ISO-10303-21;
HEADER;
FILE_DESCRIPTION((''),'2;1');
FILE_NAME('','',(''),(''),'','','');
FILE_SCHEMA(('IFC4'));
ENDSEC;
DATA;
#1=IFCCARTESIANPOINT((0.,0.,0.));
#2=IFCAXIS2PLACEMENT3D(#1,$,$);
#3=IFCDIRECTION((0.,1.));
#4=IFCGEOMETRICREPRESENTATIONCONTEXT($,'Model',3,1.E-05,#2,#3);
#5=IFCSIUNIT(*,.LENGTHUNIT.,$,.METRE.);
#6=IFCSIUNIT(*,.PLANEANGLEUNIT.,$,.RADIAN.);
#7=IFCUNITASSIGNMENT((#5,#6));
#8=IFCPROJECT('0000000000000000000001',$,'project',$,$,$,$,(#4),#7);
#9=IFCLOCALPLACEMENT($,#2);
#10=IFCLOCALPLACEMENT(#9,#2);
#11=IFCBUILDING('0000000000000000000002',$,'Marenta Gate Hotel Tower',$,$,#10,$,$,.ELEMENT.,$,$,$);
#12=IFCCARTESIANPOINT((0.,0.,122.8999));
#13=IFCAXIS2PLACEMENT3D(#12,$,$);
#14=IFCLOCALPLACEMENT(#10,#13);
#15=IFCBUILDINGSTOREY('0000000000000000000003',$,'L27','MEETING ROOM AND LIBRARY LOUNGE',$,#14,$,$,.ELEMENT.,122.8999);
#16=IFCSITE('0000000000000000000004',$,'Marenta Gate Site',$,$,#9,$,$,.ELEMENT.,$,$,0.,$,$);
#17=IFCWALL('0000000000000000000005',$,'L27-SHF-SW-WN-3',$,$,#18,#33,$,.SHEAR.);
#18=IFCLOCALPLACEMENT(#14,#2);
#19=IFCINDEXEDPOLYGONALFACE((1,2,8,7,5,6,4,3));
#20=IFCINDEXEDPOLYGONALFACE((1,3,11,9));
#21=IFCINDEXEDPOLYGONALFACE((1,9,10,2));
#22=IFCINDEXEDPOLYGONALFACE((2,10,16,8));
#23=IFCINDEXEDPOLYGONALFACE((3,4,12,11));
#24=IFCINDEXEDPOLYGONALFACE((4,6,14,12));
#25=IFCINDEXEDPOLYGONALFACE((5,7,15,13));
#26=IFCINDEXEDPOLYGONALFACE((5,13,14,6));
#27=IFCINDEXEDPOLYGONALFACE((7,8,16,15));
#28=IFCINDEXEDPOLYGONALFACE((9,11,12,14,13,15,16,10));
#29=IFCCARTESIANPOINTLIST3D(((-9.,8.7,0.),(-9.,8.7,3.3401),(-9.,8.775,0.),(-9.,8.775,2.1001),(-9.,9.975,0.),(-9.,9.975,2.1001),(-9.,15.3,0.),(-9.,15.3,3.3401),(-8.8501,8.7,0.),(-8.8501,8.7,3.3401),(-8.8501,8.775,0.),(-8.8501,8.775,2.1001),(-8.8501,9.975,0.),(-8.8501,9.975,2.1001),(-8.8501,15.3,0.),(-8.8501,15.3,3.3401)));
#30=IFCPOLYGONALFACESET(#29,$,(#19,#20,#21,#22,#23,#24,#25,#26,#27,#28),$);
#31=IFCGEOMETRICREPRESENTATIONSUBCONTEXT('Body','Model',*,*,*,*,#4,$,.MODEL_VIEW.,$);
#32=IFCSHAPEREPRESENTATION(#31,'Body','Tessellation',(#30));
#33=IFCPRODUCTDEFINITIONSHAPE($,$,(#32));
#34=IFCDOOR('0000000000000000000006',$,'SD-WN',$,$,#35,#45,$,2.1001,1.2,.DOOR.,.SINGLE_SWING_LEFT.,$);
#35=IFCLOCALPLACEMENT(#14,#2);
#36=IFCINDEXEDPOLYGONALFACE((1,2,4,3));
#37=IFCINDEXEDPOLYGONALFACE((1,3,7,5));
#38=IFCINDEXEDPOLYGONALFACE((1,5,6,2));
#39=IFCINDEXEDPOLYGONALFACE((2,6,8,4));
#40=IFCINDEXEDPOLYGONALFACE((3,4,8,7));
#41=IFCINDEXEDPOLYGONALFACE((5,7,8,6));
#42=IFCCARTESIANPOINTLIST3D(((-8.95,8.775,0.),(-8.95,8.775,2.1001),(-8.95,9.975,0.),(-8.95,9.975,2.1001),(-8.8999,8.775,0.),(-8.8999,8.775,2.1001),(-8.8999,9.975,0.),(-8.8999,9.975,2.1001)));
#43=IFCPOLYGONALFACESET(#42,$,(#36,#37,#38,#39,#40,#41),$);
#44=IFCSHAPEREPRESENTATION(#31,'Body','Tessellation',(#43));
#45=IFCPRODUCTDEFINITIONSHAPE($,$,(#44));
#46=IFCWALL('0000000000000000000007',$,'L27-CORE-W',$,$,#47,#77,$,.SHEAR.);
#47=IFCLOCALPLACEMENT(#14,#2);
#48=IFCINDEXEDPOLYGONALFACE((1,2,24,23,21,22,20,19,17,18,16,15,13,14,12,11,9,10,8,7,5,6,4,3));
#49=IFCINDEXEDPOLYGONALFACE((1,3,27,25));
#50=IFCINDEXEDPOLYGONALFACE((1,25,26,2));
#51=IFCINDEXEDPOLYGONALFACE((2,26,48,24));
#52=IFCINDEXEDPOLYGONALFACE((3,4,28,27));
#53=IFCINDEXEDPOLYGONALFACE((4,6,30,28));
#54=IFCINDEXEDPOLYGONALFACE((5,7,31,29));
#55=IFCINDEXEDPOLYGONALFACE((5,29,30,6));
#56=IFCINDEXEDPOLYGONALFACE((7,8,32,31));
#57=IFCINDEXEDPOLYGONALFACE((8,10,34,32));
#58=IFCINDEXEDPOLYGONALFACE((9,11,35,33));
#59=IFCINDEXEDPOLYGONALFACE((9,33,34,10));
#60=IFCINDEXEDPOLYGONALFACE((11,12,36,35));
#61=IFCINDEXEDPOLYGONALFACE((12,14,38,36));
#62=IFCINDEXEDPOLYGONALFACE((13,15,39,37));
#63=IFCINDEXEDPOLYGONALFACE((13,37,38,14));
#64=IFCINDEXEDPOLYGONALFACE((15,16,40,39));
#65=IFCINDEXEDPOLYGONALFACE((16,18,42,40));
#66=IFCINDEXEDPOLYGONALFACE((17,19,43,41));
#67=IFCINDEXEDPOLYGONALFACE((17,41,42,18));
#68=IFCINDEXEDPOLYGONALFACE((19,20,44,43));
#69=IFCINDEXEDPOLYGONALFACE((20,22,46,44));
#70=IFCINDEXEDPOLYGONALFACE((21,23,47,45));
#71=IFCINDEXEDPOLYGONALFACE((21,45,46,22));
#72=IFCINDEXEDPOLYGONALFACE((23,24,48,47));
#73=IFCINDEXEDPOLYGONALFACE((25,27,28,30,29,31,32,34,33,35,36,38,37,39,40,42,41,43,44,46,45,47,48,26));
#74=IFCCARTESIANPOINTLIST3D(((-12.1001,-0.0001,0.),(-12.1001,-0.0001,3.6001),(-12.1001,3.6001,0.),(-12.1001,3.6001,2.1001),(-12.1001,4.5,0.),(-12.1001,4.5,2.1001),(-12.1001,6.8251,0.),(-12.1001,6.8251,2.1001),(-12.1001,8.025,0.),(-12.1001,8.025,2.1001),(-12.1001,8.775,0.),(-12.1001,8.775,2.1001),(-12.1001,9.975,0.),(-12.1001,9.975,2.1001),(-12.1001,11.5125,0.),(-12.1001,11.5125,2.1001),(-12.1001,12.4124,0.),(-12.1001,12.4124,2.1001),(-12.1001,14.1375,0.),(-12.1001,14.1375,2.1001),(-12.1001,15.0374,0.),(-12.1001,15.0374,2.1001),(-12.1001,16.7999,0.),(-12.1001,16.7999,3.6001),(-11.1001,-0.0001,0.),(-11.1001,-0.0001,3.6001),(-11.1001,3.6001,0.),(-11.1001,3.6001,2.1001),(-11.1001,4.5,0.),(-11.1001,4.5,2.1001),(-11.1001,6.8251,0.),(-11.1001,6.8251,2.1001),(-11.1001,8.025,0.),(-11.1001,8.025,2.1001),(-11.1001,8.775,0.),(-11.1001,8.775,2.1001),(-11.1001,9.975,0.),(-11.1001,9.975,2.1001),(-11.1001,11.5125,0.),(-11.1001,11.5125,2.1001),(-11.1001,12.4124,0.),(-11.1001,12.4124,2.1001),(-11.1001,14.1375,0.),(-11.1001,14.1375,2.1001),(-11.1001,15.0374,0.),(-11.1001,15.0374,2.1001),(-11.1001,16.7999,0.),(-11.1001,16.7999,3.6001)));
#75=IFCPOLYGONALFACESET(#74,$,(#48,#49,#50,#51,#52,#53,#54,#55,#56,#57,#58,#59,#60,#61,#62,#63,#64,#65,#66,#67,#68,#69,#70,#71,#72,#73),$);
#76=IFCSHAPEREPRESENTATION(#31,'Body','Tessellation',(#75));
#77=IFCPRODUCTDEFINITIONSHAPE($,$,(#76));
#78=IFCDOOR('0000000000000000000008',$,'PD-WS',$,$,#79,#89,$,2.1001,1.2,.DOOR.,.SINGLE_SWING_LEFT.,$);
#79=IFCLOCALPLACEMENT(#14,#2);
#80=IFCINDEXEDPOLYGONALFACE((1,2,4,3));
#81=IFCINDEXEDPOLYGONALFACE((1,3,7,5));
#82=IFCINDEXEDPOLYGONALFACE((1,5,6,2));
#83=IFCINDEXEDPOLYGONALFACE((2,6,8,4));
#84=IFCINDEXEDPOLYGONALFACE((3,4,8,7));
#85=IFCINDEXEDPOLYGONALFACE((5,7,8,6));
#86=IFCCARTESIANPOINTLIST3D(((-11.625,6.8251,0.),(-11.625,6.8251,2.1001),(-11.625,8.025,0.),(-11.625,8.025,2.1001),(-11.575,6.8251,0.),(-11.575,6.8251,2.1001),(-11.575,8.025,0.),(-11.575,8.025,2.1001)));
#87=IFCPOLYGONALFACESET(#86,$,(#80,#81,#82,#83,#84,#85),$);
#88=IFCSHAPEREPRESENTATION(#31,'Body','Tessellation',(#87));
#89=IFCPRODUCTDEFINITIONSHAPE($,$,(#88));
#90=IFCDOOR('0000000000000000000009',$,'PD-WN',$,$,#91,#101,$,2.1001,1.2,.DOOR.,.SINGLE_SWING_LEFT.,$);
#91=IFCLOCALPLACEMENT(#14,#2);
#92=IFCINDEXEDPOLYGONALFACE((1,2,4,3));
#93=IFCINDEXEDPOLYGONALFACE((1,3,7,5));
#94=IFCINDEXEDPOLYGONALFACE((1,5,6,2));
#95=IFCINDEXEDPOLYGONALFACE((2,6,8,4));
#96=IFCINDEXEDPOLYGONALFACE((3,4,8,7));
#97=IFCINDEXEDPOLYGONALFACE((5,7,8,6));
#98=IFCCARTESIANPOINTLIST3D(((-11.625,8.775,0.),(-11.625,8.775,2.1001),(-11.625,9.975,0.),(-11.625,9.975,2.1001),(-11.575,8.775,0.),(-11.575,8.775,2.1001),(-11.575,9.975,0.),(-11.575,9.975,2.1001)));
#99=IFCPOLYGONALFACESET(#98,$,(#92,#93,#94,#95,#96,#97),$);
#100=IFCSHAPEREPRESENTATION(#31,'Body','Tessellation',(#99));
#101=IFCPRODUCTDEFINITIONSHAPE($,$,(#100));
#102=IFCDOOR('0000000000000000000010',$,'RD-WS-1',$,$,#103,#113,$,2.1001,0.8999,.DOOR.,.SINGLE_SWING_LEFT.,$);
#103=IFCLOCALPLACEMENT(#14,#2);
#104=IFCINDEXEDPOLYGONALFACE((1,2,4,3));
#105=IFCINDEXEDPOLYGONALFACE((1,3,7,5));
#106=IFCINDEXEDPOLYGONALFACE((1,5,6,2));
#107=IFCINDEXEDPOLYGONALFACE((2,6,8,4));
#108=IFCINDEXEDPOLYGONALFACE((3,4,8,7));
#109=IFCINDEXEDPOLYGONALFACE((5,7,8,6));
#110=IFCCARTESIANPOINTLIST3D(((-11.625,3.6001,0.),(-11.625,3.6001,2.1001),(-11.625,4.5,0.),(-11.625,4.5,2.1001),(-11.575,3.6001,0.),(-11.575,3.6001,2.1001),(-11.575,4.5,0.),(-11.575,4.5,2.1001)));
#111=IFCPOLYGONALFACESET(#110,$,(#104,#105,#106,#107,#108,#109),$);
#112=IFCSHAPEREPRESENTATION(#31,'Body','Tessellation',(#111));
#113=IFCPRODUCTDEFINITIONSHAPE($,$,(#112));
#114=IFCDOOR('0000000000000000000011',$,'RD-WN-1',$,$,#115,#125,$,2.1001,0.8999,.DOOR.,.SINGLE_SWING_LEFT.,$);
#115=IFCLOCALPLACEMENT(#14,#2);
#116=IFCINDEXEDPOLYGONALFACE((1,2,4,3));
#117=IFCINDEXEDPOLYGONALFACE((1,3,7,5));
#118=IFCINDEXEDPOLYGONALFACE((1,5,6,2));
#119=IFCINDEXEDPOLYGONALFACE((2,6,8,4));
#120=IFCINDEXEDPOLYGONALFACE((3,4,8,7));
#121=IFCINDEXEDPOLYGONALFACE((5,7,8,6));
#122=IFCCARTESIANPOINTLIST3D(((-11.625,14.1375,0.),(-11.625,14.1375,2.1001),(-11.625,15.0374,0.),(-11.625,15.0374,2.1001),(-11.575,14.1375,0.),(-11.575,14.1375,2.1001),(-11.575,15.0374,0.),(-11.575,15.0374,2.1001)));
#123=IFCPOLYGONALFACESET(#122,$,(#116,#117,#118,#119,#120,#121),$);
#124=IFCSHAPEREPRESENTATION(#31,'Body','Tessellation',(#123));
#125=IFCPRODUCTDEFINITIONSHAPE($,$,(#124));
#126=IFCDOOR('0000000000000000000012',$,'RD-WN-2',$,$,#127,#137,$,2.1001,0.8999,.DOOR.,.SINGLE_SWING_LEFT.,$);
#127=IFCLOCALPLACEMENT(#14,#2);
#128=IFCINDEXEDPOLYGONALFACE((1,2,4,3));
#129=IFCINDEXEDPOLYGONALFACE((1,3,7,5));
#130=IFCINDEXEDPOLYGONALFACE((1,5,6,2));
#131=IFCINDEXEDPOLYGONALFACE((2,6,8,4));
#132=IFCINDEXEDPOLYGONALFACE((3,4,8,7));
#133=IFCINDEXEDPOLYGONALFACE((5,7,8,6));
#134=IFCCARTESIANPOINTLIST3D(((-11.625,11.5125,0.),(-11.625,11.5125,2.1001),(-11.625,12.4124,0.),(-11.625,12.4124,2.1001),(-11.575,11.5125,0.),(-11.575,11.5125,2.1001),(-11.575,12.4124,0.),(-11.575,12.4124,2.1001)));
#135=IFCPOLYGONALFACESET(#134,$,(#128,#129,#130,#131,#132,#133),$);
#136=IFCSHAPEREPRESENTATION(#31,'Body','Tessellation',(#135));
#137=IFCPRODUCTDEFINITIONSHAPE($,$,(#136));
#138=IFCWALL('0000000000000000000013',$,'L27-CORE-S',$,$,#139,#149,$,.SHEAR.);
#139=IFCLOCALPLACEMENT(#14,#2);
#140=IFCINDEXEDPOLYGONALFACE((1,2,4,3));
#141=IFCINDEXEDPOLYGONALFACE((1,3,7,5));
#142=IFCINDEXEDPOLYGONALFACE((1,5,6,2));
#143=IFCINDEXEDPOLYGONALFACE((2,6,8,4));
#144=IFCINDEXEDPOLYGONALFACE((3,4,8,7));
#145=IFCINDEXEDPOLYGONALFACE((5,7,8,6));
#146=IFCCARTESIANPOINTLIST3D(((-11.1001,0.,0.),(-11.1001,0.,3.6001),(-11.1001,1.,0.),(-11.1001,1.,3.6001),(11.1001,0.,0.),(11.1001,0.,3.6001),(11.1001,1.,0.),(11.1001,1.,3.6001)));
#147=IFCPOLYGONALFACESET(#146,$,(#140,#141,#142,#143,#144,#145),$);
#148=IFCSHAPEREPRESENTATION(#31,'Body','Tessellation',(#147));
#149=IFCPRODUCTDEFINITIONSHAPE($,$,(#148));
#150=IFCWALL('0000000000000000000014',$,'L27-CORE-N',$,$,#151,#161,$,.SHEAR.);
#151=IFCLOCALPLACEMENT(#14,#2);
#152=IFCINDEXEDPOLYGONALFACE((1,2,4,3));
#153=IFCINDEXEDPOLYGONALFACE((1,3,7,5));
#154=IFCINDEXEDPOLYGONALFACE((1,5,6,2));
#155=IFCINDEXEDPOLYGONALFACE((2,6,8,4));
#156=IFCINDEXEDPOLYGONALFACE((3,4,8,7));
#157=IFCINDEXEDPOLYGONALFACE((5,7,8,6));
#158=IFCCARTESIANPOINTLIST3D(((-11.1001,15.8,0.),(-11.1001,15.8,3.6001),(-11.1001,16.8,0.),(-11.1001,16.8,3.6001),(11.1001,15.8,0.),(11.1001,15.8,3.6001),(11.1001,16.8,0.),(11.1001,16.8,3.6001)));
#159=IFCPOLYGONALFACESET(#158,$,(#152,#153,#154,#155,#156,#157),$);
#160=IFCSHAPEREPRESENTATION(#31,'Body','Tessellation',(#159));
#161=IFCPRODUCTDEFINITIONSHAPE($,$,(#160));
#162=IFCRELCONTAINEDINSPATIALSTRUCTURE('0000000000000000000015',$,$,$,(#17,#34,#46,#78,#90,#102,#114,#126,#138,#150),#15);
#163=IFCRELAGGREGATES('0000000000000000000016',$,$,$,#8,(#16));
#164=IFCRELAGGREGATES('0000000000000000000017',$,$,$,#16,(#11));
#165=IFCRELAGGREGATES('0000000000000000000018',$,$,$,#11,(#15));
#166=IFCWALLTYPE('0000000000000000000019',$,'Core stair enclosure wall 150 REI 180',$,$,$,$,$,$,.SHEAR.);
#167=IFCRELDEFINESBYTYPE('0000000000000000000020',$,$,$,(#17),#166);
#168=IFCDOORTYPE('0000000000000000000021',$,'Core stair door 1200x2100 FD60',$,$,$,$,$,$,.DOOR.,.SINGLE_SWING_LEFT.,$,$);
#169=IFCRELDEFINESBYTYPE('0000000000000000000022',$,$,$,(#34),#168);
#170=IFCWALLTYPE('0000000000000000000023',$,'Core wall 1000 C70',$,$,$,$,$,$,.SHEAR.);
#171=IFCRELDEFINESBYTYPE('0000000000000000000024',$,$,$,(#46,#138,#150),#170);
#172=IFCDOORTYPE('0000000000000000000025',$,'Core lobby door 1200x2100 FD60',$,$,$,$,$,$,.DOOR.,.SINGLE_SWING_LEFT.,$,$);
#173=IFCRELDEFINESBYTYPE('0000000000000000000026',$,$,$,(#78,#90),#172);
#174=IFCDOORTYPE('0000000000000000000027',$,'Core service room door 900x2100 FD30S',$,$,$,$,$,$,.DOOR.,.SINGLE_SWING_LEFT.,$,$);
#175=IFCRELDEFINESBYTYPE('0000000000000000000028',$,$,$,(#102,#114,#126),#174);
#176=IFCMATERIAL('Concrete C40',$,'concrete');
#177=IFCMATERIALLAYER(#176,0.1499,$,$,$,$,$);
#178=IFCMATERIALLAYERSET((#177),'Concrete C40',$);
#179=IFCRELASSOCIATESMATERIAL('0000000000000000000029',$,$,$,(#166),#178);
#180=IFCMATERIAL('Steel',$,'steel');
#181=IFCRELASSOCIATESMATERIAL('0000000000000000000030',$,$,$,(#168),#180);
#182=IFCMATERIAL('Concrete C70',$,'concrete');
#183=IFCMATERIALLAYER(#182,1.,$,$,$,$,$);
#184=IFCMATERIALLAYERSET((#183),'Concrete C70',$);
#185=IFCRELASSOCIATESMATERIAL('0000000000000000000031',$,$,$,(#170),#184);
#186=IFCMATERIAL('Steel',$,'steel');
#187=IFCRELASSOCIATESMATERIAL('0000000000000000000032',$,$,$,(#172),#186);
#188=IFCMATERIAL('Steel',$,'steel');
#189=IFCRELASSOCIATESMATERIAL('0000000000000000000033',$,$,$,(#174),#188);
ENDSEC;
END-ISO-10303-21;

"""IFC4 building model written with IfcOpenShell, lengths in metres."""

from ifc_helpers import new_model, si_unit, direction, frame, frame_2d, origin, place, context, subcontext, project, spatial, rectangle, extrude, material, layer, layer_set, type_object, element, fill, save


model = new_model("IFC4")

# Units and contexts
model_context = context("Model", 3, precision=1e-05, world=origin(), true_north=direction((0.0, 1.0)))
body_context = subcontext(model_context, "Body", "Model", "MODEL_VIEW")
ifc_project = project(units=[si_unit("LENGTHUNIT", "METRE"), si_unit("PLANEANGLEUNIT", "RADIAN")], contexts=[model_context])

# Site, building, storey
site_placement = place(None, origin())
site = spatial("IfcSite", under=ifc_project, at=site_placement, Name="Marenta Gate Site", CompositionType="ELEMENT", RefElevation=0.0)
building_placement = place(site_placement, origin())
building = spatial("IfcBuilding", under=site, at=building_placement, Name="Marenta Gate Hotel Tower", CompositionType="ELEMENT")
storey_placement = place(building_placement, frame((0.0, 0.0, 122.8999)))
storey = spatial("IfcBuildingStorey", under=building, at=storey_placement, Name="L27", Description="MEETING ROOM AND LIBRARY LOUNGE", CompositionType="ELEMENT", Elevation=122.8999)

# Wall, opening, door
ifc_material_1 = material(Name="Concrete C40", Category="concrete")
ifc_layer_1 = layer(ifc_material_1, 0.1499)
ifc_layer_set_1 = layer_set([ifc_layer_1], Name="Concrete C40")
wall_type_1 = type_object("IfcWallType", Name="Core stair enclosure wall 150 REI 180", PredefinedType="SHEAR", material=ifc_layer_set_1)
ifc_material_2 = material(Name="Steel", Category="steel")
door_type_1 = type_object("IfcDoorType", Name="Core stair door 1200x2100 FD60", OperationType="SINGLE_SWING_LEFT", PredefinedType="DOOR", material=ifc_material_2)
wall_1_placement = place(storey_placement, frame((-8.925, 8.7, 0.0), z_axis=(0.0, 0.0, 1.0), x_axis=(0.0, 1.0, 0.0)))
wall_1 = element("IfcWall", 1, at=wall_1_placement, inside=storey, type_object=wall_type_1, Name="L27-SHF-SW-WN-3", PredefinedType="SHEAR", context=body_context, shape_type="SweptSolid", body=[
    extrude(rectangle(XDim=6.6001, YDim=0.1499, at=frame_2d((3.3, 0.0))), origin(), (0.0, 0.0, 1.0), 3.3401),
])
opening_1_placement = place(wall_1_placement, frame((0.075, 0.0, 0.0)))
opening_1 = element("IfcOpeningElement", 2, at=opening_1_placement, cuts=wall_1, PredefinedType="OPENING", context=body_context, shape_type="SweptSolid", body=[
    extrude(rectangle(XDim=1.2, YDim=2.1001, at=frame_2d((0.6001, 1.05))), frame((0.0, 0.075, 0.0), z_axis=(0.0, -1.0, 0.0), x_axis=(1.0, 0.0, 0.0)), (0.0, 0.0, 1.0), 0.1499),
])
door_1_placement = place(opening_1_placement, origin())
door_1 = element("IfcDoor", 3, at=door_1_placement, inside=storey, type_object=door_type_1, Name="SD-WN", OperationType="SINGLE_SWING_LEFT", OverallHeight=2.1001, OverallWidth=1.2, PredefinedType="DOOR", context=body_context, shape_type="SweptSolid", body=[
    extrude(rectangle(XDim=1.2, YDim=2.1001, at=frame_2d((0.6001, 1.05))), frame((0.0, 0.0249, 0.0), z_axis=(0.0, -1.0, 0.0), x_axis=(1.0, 0.0, 0.0)), (0.0, 0.0, 1.0), 0.05),
])
fill(opening_1, door_1)

# Wall, openings, doors
ifc_material_3 = material(Name="Concrete C70", Category="concrete")
ifc_layer_2 = layer(ifc_material_3, 1.0)
ifc_layer_set_2 = layer_set([ifc_layer_2], Name="Concrete C70")
wall_type_2 = type_object("IfcWallType", Name="Core wall 1000 C70", PredefinedType="SHEAR", material=ifc_layer_set_2)
wall_2_placement = place(storey_placement, frame((-11.6001, 0.0, 0.0), z_axis=(0.0, 0.0, 1.0), x_axis=(0.0, 1.0, 0.0)))
wall_2 = element("IfcWall", 4, at=wall_2_placement, inside=storey, type_object=wall_type_2, Name="L27-CORE-W", PredefinedType="SHEAR", context=body_context, shape_type="SweptSolid", body=[
    extrude(rectangle(XDim=16.8, YDim=1.0, at=frame_2d((8.3999, 0.0))), origin(), (0.0, 0.0, 1.0), 3.6001),
])
opening_2_placement = place(wall_2_placement, frame((3.6001, 0.0, 0.0)))
opening_2 = element("IfcOpeningElement", 5, at=opening_2_placement, cuts=wall_2, PredefinedType="OPENING", context=body_context, shape_type="SweptSolid", body=[
    extrude(rectangle(XDim=0.8999, YDim=2.1001, at=frame_2d((0.45, 1.05))), frame((0.0, 0.5, 0.0), z_axis=(0.0, -1.0, 0.0), x_axis=(1.0, 0.0, 0.0)), (0.0, 0.0, 1.0), 1.0),
])
opening_3_placement = place(wall_2_placement, frame((6.825, 0.0, 0.0)))
opening_3 = element("IfcOpeningElement", 6, at=opening_3_placement, cuts=wall_2, PredefinedType="OPENING", context=body_context, shape_type="SweptSolid", body=[
    extrude(rectangle(XDim=1.2, YDim=2.1001, at=frame_2d((0.6001, 1.05))), frame((0.0, 0.5, 0.0), z_axis=(0.0, -1.0, 0.0), x_axis=(1.0, 0.0, 0.0)), (0.0, 0.0, 1.0), 1.0),
])
opening_4_placement = place(wall_2_placement, frame((14.1375, 0.0, 0.0)))
opening_4 = element("IfcOpeningElement", 7, at=opening_4_placement, cuts=wall_2, PredefinedType="OPENING", context=body_context, shape_type="SweptSolid", body=[
    extrude(rectangle(XDim=0.8999, YDim=2.1001, at=frame_2d((0.45, 1.05))), frame((0.0, 0.5, 0.0), z_axis=(0.0, -1.0, 0.0), x_axis=(1.0, 0.0, 0.0)), (0.0, 0.0, 1.0), 1.0),
])
opening_5_placement = place(wall_2_placement, frame((11.5125, 0.0, 0.0)))
opening_5 = element("IfcOpeningElement", 8, at=opening_5_placement, cuts=wall_2, PredefinedType="OPENING", context=body_context, shape_type="SweptSolid", body=[
    extrude(rectangle(XDim=0.8999, YDim=2.1001, at=frame_2d((0.45, 1.05))), frame((0.0, 0.5, 0.0), z_axis=(0.0, -1.0, 0.0), x_axis=(1.0, 0.0, 0.0)), (0.0, 0.0, 1.0), 1.0),
])
opening_6_placement = place(wall_2_placement, frame((8.7749, 0.0, 0.0)))
opening_6 = element("IfcOpeningElement", 9, at=opening_6_placement, cuts=wall_2, PredefinedType="OPENING", context=body_context, shape_type="SweptSolid", body=[
    extrude(rectangle(XDim=1.2, YDim=2.1001, at=frame_2d((0.6001, 1.05))), frame((0.0, 0.5, 0.0), z_axis=(0.0, -1.0, 0.0), x_axis=(1.0, 0.0, 0.0)), (0.0, 0.0, 1.0), 1.0),
])
ifc_material_4 = material(Name="Steel", Category="steel")
door_type_2 = type_object("IfcDoorType", Name="Core lobby door 1200x2100 FD60", OperationType="SINGLE_SWING_LEFT", PredefinedType="DOOR", material=ifc_material_4)
door_2_placement = place(opening_3_placement, origin())
door_2 = element("IfcDoor", 10, at=door_2_placement, inside=storey, type_object=door_type_2, Name="PD-WS", OperationType="SINGLE_SWING_LEFT", OverallHeight=2.1001, OverallWidth=1.2, PredefinedType="DOOR", context=body_context, shape_type="SweptSolid", body=[
    extrude(rectangle(XDim=1.2, YDim=2.1001, at=frame_2d((0.6001, 1.05))), frame((0.0, 0.0249, 0.0), z_axis=(0.0, -1.0, 0.0), x_axis=(1.0, 0.0, 0.0)), (0.0, 0.0, 1.0), 0.05),
])
fill(opening_3, door_2)
door_3_placement = place(opening_6_placement, origin())
door_3 = element("IfcDoor", 11, at=door_3_placement, inside=storey, type_object=door_type_2, Name="PD-WN", OperationType="SINGLE_SWING_LEFT", OverallHeight=2.1001, OverallWidth=1.2, PredefinedType="DOOR", context=body_context, shape_type="SweptSolid", body=[
    extrude(rectangle(XDim=1.2, YDim=2.1001, at=frame_2d((0.6001, 1.05))), frame((0.0, 0.0249, 0.0), z_axis=(0.0, -1.0, 0.0), x_axis=(1.0, 0.0, 0.0)), (0.0, 0.0, 1.0), 0.05),
])
fill(opening_6, door_3)
ifc_material_5 = material(Name="Steel", Category="steel")
door_type_3 = type_object("IfcDoorType", Name="Core service room door 900x2100 FD30S", OperationType="SINGLE_SWING_LEFT", PredefinedType="DOOR", material=ifc_material_5)
door_4_placement = place(opening_2_placement, origin())
door_4 = element("IfcDoor", 12, at=door_4_placement, inside=storey, type_object=door_type_3, Name="RD-WS-1", OperationType="SINGLE_SWING_LEFT", OverallHeight=2.1001, OverallWidth=0.8999, PredefinedType="DOOR", context=body_context, shape_type="SweptSolid", body=[
    extrude(rectangle(XDim=0.8999, YDim=2.1001, at=frame_2d((0.45, 1.05))), frame((0.0, 0.0249, 0.0), z_axis=(0.0, -1.0, 0.0), x_axis=(1.0, 0.0, 0.0)), (0.0, 0.0, 1.0), 0.05),
])
fill(opening_2, door_4)
door_5_placement = place(opening_4_placement, origin())
door_5 = element("IfcDoor", 13, at=door_5_placement, inside=storey, type_object=door_type_3, Name="RD-WN-1", OperationType="SINGLE_SWING_LEFT", OverallHeight=2.1001, OverallWidth=0.8999, PredefinedType="DOOR", context=body_context, shape_type="SweptSolid", body=[
    extrude(rectangle(XDim=0.8999, YDim=2.1001, at=frame_2d((0.45, 1.05))), frame((0.0, 0.0249, 0.0), z_axis=(0.0, -1.0, 0.0), x_axis=(1.0, 0.0, 0.0)), (0.0, 0.0, 1.0), 0.05),
])
fill(opening_4, door_5)
door_6_placement = place(opening_5_placement, origin())
door_6 = element("IfcDoor", 14, at=door_6_placement, inside=storey, type_object=door_type_3, Name="RD-WN-2", OperationType="SINGLE_SWING_LEFT", OverallHeight=2.1001, OverallWidth=0.8999, PredefinedType="DOOR", context=body_context, shape_type="SweptSolid", body=[
    extrude(rectangle(XDim=0.8999, YDim=2.1001, at=frame_2d((0.45, 1.05))), frame((0.0, 0.0249, 0.0), z_axis=(0.0, -1.0, 0.0), x_axis=(1.0, 0.0, 0.0)), (0.0, 0.0, 1.0), 0.05),
])
fill(opening_5, door_6)

# Walls
for number, where, z_axis, x_axis, name in (
    (15, (-11.1001, 0.5, 0.0), (0.0, 0.0, 1.0), (1.0, 0.0, 0.0), "L27-CORE-S"),
    (16, (-11.1001, 16.3, 0.0), (0.0, 0.0, 1.0), (1.0, 0.0, 0.0), "L27-CORE-N"),
):
    element("IfcWall", number, at=place(storey_placement, frame(where, z_axis=z_axis, x_axis=x_axis)), inside=storey, type_object=wall_type_2, Name=name, PredefinedType="SHEAR", context=body_context, shape_type="SweptSolid", body=[
        extrude(rectangle(XDim=22.2002, YDim=1.0, at=frame_2d((11.1001, 0.0))), origin(), (0.0, 0.0, 1.0), 3.6001),
    ])

save(model, "model.ifc")
